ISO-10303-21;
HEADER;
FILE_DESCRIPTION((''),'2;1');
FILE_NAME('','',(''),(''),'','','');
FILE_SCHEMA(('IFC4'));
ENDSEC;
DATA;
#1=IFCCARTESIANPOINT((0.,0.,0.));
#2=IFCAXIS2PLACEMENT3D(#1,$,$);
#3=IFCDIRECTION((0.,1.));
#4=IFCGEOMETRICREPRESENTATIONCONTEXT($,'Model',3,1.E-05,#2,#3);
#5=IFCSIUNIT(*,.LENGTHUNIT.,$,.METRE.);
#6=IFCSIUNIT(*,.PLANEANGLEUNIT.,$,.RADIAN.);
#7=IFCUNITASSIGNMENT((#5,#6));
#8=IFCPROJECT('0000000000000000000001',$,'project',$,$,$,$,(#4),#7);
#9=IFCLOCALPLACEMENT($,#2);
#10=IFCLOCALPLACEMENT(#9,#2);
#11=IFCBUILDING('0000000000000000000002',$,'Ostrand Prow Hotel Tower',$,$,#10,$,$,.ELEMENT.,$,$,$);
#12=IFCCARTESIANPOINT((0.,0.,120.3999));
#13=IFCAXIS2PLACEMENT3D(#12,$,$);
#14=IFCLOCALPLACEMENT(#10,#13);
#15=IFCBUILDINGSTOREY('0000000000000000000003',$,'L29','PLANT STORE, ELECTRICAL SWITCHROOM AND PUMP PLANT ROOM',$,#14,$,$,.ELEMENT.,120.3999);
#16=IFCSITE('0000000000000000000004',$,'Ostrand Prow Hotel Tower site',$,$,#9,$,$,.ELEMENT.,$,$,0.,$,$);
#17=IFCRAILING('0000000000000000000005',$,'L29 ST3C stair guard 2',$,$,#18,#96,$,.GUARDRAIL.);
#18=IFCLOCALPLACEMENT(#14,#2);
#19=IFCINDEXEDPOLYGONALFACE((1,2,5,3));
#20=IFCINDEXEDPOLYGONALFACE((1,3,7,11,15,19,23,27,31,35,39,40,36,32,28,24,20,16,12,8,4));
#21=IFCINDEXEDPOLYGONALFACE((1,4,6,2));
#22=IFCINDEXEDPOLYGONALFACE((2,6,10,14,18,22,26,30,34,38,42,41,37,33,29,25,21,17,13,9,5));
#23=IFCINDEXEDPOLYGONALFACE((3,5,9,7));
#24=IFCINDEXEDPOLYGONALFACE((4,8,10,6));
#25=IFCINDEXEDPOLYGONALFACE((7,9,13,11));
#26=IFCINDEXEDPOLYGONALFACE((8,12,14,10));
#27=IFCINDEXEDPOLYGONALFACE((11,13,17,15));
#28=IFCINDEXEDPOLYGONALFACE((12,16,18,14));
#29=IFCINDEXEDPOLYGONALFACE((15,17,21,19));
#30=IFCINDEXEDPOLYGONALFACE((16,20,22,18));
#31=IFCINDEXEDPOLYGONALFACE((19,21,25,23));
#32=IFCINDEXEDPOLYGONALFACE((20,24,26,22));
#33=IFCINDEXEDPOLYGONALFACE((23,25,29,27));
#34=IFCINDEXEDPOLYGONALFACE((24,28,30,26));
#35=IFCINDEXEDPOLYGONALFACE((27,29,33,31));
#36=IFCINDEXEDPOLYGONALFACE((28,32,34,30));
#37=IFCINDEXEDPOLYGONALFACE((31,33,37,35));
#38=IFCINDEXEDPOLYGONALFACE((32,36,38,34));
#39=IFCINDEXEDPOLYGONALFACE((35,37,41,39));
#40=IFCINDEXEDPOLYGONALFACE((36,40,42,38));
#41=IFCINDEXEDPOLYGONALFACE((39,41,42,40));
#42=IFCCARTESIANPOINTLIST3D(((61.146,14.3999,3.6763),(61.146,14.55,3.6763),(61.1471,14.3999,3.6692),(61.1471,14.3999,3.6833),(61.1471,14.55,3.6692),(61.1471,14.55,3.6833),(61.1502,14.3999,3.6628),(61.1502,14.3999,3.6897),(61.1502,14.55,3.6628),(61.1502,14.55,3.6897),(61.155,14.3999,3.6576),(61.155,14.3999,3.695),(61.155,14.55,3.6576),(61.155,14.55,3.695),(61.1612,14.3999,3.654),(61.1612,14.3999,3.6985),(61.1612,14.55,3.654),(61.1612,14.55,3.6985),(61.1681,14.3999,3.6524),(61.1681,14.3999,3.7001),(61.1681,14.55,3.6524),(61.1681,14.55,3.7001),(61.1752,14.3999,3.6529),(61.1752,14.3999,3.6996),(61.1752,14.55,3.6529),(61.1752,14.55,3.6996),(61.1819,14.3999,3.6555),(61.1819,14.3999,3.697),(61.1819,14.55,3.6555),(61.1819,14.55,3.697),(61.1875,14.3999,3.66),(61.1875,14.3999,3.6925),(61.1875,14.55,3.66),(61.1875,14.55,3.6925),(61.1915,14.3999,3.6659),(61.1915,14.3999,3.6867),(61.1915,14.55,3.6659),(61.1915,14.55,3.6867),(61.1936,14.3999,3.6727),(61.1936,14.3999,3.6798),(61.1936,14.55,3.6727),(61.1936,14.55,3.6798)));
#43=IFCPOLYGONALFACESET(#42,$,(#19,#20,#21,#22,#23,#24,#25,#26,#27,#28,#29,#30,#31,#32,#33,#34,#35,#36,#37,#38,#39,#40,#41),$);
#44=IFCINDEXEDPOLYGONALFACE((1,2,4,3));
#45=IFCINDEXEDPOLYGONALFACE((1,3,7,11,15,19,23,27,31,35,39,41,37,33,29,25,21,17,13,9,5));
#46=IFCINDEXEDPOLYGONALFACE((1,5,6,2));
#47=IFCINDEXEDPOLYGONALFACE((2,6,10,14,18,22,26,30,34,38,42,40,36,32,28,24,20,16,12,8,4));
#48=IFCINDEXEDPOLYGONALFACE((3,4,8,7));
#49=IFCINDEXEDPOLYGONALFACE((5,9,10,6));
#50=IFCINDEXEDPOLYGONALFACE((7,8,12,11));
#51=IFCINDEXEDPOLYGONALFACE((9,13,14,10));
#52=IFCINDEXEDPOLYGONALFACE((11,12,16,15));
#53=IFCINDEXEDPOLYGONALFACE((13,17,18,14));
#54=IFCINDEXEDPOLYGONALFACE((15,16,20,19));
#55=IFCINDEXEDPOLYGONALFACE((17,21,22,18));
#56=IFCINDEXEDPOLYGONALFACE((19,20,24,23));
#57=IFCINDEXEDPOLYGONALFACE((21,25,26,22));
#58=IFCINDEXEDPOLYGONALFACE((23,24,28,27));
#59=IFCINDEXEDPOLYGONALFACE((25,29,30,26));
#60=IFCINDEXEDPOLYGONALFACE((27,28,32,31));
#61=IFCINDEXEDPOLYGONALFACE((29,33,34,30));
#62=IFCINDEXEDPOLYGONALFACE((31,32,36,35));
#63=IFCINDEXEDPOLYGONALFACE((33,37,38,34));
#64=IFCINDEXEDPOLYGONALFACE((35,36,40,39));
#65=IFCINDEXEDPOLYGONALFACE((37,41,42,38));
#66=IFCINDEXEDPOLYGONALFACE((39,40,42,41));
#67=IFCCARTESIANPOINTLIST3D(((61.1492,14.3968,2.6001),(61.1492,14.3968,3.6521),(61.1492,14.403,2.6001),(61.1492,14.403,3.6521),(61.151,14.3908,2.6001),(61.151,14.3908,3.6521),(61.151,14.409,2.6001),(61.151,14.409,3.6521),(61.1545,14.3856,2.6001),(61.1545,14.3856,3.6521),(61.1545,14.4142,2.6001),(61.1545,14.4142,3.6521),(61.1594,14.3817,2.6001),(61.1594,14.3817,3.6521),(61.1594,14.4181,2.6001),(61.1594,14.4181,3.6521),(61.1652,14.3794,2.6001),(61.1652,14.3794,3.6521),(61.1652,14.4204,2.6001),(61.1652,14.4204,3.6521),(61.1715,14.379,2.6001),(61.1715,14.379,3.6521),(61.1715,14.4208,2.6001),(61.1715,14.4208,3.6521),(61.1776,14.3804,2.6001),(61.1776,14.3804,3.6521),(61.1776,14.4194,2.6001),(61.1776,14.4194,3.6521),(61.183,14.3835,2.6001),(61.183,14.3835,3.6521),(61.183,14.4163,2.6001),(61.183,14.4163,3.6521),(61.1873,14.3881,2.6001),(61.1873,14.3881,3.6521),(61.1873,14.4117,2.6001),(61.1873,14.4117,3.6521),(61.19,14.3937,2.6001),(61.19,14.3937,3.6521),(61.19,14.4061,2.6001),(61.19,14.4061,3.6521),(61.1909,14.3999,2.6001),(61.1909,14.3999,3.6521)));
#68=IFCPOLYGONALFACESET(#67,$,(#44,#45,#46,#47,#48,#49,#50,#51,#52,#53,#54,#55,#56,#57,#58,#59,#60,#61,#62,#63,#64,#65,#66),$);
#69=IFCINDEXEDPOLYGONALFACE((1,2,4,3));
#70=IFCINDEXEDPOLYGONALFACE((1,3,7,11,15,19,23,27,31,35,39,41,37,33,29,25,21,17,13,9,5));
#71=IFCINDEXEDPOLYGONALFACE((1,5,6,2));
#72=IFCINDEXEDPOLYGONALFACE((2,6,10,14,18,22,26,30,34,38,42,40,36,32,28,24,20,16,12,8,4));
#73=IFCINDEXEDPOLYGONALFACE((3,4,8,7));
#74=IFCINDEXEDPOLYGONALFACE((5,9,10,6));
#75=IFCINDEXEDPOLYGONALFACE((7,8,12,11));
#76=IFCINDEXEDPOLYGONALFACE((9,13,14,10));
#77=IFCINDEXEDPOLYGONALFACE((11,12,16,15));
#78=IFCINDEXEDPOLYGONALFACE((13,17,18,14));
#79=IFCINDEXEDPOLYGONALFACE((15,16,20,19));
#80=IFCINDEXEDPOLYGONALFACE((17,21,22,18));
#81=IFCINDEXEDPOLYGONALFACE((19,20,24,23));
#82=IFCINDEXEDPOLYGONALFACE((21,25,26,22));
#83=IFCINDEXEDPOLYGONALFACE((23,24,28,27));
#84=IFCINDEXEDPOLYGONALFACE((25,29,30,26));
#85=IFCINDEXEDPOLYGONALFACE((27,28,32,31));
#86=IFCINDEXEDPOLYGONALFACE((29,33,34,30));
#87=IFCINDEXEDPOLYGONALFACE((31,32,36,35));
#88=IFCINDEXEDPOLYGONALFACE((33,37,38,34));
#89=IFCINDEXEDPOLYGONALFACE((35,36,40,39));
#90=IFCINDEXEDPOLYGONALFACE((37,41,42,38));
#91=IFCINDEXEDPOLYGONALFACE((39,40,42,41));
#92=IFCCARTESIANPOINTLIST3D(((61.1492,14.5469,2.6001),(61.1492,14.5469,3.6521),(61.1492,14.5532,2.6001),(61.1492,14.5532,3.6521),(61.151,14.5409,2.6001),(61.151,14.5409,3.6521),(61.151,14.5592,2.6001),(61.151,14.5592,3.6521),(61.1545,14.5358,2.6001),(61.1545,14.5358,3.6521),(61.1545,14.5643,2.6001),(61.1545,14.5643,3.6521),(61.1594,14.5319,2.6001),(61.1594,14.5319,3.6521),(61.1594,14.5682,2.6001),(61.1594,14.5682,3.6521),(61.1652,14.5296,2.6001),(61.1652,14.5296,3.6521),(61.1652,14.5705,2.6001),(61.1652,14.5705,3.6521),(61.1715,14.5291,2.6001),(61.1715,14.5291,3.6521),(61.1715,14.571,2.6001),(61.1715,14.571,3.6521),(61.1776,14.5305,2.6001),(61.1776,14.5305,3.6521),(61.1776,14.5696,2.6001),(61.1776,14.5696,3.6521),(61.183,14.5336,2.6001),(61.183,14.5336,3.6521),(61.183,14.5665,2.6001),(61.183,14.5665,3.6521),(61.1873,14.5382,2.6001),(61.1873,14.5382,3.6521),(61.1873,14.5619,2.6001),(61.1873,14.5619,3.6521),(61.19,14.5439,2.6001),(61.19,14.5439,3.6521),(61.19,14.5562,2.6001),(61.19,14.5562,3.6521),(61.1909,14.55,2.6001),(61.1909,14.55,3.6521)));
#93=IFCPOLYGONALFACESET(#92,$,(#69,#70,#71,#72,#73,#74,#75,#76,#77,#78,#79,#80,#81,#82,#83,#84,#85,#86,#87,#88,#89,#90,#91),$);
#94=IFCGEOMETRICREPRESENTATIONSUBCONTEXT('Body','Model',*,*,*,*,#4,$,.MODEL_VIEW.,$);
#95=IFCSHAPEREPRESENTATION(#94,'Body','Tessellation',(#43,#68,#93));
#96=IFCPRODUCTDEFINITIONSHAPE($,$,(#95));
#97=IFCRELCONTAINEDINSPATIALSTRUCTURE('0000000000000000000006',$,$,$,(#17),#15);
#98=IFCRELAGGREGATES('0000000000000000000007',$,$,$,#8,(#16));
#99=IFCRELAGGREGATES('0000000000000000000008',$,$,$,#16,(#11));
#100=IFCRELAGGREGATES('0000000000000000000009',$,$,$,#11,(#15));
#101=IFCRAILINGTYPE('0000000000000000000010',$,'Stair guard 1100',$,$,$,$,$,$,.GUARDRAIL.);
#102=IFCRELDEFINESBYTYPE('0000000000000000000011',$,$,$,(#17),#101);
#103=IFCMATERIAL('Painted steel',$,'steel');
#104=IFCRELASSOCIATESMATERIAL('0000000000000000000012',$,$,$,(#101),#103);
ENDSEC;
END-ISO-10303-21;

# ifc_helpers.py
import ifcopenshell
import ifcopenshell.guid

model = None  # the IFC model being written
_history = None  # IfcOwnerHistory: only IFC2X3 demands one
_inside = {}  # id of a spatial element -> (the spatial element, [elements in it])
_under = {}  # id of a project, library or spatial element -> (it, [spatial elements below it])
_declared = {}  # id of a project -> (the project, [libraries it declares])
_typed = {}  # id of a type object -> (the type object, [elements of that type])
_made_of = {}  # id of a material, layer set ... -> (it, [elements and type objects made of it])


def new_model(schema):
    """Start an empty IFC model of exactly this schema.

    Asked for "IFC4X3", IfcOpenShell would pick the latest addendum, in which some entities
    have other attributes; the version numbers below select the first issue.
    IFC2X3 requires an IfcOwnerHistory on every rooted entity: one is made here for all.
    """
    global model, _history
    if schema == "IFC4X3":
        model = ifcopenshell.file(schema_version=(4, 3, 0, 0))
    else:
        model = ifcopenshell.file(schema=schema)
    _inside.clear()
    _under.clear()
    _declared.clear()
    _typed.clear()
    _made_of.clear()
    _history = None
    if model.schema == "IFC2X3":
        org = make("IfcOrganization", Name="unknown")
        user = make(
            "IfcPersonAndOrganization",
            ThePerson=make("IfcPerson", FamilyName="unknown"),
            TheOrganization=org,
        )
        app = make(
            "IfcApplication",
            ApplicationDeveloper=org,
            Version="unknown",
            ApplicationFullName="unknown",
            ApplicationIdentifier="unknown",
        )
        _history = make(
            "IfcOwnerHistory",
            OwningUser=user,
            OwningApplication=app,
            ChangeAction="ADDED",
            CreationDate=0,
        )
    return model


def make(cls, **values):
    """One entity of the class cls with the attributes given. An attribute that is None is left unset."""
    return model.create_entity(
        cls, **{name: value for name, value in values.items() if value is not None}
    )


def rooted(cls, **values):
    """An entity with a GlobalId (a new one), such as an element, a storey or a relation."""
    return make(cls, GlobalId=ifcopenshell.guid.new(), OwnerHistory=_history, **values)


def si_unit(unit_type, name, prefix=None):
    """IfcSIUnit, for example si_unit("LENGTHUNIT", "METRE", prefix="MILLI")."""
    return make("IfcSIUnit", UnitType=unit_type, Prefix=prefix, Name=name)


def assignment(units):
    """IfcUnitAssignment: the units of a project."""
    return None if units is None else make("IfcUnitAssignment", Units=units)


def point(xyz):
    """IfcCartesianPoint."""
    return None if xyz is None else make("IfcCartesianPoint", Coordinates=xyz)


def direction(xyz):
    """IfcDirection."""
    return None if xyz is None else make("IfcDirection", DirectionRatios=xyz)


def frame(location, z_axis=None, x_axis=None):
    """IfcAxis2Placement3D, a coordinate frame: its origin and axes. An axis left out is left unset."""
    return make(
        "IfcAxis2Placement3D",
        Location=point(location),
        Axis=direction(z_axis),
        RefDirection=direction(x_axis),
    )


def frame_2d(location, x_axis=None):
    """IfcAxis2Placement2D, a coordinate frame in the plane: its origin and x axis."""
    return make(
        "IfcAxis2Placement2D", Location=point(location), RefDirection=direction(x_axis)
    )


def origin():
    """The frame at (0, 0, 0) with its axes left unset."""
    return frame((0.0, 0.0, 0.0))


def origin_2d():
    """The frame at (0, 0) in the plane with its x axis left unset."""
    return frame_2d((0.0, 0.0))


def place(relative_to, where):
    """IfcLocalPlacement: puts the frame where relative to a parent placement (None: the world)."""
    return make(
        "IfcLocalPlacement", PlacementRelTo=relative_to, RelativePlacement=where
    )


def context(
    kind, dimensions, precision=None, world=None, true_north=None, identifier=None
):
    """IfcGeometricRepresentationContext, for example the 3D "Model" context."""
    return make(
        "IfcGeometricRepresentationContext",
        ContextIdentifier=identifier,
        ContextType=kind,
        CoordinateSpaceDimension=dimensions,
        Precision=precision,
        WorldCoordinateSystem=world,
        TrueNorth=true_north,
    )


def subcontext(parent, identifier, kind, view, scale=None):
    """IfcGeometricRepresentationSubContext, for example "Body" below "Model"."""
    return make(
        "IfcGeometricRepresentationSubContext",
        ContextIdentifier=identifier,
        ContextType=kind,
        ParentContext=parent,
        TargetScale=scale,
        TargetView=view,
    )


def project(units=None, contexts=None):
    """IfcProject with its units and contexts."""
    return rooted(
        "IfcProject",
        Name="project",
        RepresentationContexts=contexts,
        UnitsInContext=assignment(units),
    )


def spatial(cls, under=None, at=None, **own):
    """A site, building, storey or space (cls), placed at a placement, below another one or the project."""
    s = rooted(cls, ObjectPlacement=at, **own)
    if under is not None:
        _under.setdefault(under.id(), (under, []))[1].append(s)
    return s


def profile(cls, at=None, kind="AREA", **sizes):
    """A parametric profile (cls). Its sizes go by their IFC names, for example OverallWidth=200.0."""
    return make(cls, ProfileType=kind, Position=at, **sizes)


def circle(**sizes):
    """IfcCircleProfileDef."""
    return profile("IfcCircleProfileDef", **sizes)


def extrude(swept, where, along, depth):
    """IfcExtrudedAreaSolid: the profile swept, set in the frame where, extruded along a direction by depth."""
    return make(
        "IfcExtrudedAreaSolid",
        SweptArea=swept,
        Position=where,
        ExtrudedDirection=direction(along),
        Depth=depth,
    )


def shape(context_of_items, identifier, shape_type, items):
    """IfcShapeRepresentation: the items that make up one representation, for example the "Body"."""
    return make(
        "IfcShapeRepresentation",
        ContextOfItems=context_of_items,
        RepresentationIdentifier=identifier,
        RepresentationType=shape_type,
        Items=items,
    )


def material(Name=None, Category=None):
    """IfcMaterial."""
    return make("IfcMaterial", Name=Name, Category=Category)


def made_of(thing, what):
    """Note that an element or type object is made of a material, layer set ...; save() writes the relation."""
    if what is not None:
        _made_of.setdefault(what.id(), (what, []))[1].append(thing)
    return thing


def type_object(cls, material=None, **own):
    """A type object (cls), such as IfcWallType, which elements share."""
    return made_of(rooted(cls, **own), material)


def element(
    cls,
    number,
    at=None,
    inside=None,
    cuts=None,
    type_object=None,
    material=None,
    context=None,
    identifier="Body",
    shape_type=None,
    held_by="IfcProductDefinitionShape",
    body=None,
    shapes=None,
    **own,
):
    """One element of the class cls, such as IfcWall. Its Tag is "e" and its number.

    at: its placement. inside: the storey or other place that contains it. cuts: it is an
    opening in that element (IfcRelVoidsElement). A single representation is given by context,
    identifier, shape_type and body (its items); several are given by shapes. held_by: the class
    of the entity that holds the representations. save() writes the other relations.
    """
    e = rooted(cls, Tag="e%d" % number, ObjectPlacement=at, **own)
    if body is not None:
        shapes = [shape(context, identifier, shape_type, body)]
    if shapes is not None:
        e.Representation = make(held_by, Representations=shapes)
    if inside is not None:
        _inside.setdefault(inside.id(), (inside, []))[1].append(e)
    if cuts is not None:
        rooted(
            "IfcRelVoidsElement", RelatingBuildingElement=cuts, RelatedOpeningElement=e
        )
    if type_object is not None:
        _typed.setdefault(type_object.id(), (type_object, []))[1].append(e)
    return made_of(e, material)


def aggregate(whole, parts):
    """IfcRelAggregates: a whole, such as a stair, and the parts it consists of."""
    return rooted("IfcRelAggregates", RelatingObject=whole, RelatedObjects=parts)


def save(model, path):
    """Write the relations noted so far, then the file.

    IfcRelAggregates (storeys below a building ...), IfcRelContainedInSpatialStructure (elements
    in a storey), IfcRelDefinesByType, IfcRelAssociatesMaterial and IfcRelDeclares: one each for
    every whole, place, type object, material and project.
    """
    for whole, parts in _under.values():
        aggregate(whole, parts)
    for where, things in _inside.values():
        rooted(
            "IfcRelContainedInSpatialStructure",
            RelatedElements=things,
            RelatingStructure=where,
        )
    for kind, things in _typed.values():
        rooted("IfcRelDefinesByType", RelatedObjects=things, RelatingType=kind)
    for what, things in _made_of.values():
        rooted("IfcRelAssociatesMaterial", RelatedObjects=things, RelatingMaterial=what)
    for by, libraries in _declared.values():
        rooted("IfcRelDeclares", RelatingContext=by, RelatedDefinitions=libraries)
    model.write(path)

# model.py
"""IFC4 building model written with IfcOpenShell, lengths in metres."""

from ifc_helpers import new_model, si_unit, direction, frame, origin, origin_2d, place, context, subcontext, project, spatial, circle, extrude, material, type_object, element, save


model = new_model("IFC4")

# Units and contexts
model_context = context("Model", 3, precision=1e-05, world=origin(), true_north=direction((0.0, 1.0)))
body_context = subcontext(model_context, "Body", "Model", "MODEL_VIEW")
ifc_project = project(units=[si_unit("LENGTHUNIT", "METRE"), si_unit("PLANEANGLEUNIT", "RADIAN")], contexts=[model_context])

# Site, building, storey
site_placement = place(None, origin())
site = spatial("IfcSite", under=ifc_project, at=site_placement, Name="Ostrand Prow Hotel Tower site", CompositionType="ELEMENT", RefElevation=0.0)
building_placement = place(site_placement, origin())
building = spatial("IfcBuilding", under=site, at=building_placement, Name="Ostrand Prow Hotel Tower", CompositionType="ELEMENT")
storey_placement = place(building_placement, frame((0.0, 0.0, 120.3999)))
storey = spatial("IfcBuildingStorey", under=building, at=storey_placement, Name="L29", Description="PLANT STORE, ELECTRICAL SWITCHROOM AND PUMP PLANT ROOM", CompositionType="ELEMENT", Elevation=120.3999)

# Railing
ifc_material_1 = material(Name="Painted steel", Category="steel")
railing_type_1 = type_object("IfcRailingType", Name="Stair guard 1100", PredefinedType="GUARDRAIL", material=ifc_material_1)
railing_1_placement = place(storey_placement, frame((61.1699, 14.3999, 2.6001)))
element("IfcRailing", 1, at=railing_1_placement, inside=storey, type_object=railing_type_1, Name="L29 ST3C stair guard 2", PredefinedType="GUARDRAIL", context=body_context, shape_type="SweptSolid", body=[
    extrude(circle(Radius=0.0239, at=origin_2d()), frame((0.0, 0.0, 1.0762), z_axis=(0.0, 1.0, 0.0), x_axis=(-1.0, 0.0, 0.0)), (0.0, 0.0, 1.0), 0.1501),
    extrude(circle(Radius=0.021, at=origin_2d()), origin(), (0.0, 0.0, 1.0), 1.052),
    extrude(circle(Radius=0.021, at=origin_2d()), frame((0.0, 0.1501, 0.0)), (0.0, 0.0, 1.0), 1.052),
])

save(model, "model.ifc")
